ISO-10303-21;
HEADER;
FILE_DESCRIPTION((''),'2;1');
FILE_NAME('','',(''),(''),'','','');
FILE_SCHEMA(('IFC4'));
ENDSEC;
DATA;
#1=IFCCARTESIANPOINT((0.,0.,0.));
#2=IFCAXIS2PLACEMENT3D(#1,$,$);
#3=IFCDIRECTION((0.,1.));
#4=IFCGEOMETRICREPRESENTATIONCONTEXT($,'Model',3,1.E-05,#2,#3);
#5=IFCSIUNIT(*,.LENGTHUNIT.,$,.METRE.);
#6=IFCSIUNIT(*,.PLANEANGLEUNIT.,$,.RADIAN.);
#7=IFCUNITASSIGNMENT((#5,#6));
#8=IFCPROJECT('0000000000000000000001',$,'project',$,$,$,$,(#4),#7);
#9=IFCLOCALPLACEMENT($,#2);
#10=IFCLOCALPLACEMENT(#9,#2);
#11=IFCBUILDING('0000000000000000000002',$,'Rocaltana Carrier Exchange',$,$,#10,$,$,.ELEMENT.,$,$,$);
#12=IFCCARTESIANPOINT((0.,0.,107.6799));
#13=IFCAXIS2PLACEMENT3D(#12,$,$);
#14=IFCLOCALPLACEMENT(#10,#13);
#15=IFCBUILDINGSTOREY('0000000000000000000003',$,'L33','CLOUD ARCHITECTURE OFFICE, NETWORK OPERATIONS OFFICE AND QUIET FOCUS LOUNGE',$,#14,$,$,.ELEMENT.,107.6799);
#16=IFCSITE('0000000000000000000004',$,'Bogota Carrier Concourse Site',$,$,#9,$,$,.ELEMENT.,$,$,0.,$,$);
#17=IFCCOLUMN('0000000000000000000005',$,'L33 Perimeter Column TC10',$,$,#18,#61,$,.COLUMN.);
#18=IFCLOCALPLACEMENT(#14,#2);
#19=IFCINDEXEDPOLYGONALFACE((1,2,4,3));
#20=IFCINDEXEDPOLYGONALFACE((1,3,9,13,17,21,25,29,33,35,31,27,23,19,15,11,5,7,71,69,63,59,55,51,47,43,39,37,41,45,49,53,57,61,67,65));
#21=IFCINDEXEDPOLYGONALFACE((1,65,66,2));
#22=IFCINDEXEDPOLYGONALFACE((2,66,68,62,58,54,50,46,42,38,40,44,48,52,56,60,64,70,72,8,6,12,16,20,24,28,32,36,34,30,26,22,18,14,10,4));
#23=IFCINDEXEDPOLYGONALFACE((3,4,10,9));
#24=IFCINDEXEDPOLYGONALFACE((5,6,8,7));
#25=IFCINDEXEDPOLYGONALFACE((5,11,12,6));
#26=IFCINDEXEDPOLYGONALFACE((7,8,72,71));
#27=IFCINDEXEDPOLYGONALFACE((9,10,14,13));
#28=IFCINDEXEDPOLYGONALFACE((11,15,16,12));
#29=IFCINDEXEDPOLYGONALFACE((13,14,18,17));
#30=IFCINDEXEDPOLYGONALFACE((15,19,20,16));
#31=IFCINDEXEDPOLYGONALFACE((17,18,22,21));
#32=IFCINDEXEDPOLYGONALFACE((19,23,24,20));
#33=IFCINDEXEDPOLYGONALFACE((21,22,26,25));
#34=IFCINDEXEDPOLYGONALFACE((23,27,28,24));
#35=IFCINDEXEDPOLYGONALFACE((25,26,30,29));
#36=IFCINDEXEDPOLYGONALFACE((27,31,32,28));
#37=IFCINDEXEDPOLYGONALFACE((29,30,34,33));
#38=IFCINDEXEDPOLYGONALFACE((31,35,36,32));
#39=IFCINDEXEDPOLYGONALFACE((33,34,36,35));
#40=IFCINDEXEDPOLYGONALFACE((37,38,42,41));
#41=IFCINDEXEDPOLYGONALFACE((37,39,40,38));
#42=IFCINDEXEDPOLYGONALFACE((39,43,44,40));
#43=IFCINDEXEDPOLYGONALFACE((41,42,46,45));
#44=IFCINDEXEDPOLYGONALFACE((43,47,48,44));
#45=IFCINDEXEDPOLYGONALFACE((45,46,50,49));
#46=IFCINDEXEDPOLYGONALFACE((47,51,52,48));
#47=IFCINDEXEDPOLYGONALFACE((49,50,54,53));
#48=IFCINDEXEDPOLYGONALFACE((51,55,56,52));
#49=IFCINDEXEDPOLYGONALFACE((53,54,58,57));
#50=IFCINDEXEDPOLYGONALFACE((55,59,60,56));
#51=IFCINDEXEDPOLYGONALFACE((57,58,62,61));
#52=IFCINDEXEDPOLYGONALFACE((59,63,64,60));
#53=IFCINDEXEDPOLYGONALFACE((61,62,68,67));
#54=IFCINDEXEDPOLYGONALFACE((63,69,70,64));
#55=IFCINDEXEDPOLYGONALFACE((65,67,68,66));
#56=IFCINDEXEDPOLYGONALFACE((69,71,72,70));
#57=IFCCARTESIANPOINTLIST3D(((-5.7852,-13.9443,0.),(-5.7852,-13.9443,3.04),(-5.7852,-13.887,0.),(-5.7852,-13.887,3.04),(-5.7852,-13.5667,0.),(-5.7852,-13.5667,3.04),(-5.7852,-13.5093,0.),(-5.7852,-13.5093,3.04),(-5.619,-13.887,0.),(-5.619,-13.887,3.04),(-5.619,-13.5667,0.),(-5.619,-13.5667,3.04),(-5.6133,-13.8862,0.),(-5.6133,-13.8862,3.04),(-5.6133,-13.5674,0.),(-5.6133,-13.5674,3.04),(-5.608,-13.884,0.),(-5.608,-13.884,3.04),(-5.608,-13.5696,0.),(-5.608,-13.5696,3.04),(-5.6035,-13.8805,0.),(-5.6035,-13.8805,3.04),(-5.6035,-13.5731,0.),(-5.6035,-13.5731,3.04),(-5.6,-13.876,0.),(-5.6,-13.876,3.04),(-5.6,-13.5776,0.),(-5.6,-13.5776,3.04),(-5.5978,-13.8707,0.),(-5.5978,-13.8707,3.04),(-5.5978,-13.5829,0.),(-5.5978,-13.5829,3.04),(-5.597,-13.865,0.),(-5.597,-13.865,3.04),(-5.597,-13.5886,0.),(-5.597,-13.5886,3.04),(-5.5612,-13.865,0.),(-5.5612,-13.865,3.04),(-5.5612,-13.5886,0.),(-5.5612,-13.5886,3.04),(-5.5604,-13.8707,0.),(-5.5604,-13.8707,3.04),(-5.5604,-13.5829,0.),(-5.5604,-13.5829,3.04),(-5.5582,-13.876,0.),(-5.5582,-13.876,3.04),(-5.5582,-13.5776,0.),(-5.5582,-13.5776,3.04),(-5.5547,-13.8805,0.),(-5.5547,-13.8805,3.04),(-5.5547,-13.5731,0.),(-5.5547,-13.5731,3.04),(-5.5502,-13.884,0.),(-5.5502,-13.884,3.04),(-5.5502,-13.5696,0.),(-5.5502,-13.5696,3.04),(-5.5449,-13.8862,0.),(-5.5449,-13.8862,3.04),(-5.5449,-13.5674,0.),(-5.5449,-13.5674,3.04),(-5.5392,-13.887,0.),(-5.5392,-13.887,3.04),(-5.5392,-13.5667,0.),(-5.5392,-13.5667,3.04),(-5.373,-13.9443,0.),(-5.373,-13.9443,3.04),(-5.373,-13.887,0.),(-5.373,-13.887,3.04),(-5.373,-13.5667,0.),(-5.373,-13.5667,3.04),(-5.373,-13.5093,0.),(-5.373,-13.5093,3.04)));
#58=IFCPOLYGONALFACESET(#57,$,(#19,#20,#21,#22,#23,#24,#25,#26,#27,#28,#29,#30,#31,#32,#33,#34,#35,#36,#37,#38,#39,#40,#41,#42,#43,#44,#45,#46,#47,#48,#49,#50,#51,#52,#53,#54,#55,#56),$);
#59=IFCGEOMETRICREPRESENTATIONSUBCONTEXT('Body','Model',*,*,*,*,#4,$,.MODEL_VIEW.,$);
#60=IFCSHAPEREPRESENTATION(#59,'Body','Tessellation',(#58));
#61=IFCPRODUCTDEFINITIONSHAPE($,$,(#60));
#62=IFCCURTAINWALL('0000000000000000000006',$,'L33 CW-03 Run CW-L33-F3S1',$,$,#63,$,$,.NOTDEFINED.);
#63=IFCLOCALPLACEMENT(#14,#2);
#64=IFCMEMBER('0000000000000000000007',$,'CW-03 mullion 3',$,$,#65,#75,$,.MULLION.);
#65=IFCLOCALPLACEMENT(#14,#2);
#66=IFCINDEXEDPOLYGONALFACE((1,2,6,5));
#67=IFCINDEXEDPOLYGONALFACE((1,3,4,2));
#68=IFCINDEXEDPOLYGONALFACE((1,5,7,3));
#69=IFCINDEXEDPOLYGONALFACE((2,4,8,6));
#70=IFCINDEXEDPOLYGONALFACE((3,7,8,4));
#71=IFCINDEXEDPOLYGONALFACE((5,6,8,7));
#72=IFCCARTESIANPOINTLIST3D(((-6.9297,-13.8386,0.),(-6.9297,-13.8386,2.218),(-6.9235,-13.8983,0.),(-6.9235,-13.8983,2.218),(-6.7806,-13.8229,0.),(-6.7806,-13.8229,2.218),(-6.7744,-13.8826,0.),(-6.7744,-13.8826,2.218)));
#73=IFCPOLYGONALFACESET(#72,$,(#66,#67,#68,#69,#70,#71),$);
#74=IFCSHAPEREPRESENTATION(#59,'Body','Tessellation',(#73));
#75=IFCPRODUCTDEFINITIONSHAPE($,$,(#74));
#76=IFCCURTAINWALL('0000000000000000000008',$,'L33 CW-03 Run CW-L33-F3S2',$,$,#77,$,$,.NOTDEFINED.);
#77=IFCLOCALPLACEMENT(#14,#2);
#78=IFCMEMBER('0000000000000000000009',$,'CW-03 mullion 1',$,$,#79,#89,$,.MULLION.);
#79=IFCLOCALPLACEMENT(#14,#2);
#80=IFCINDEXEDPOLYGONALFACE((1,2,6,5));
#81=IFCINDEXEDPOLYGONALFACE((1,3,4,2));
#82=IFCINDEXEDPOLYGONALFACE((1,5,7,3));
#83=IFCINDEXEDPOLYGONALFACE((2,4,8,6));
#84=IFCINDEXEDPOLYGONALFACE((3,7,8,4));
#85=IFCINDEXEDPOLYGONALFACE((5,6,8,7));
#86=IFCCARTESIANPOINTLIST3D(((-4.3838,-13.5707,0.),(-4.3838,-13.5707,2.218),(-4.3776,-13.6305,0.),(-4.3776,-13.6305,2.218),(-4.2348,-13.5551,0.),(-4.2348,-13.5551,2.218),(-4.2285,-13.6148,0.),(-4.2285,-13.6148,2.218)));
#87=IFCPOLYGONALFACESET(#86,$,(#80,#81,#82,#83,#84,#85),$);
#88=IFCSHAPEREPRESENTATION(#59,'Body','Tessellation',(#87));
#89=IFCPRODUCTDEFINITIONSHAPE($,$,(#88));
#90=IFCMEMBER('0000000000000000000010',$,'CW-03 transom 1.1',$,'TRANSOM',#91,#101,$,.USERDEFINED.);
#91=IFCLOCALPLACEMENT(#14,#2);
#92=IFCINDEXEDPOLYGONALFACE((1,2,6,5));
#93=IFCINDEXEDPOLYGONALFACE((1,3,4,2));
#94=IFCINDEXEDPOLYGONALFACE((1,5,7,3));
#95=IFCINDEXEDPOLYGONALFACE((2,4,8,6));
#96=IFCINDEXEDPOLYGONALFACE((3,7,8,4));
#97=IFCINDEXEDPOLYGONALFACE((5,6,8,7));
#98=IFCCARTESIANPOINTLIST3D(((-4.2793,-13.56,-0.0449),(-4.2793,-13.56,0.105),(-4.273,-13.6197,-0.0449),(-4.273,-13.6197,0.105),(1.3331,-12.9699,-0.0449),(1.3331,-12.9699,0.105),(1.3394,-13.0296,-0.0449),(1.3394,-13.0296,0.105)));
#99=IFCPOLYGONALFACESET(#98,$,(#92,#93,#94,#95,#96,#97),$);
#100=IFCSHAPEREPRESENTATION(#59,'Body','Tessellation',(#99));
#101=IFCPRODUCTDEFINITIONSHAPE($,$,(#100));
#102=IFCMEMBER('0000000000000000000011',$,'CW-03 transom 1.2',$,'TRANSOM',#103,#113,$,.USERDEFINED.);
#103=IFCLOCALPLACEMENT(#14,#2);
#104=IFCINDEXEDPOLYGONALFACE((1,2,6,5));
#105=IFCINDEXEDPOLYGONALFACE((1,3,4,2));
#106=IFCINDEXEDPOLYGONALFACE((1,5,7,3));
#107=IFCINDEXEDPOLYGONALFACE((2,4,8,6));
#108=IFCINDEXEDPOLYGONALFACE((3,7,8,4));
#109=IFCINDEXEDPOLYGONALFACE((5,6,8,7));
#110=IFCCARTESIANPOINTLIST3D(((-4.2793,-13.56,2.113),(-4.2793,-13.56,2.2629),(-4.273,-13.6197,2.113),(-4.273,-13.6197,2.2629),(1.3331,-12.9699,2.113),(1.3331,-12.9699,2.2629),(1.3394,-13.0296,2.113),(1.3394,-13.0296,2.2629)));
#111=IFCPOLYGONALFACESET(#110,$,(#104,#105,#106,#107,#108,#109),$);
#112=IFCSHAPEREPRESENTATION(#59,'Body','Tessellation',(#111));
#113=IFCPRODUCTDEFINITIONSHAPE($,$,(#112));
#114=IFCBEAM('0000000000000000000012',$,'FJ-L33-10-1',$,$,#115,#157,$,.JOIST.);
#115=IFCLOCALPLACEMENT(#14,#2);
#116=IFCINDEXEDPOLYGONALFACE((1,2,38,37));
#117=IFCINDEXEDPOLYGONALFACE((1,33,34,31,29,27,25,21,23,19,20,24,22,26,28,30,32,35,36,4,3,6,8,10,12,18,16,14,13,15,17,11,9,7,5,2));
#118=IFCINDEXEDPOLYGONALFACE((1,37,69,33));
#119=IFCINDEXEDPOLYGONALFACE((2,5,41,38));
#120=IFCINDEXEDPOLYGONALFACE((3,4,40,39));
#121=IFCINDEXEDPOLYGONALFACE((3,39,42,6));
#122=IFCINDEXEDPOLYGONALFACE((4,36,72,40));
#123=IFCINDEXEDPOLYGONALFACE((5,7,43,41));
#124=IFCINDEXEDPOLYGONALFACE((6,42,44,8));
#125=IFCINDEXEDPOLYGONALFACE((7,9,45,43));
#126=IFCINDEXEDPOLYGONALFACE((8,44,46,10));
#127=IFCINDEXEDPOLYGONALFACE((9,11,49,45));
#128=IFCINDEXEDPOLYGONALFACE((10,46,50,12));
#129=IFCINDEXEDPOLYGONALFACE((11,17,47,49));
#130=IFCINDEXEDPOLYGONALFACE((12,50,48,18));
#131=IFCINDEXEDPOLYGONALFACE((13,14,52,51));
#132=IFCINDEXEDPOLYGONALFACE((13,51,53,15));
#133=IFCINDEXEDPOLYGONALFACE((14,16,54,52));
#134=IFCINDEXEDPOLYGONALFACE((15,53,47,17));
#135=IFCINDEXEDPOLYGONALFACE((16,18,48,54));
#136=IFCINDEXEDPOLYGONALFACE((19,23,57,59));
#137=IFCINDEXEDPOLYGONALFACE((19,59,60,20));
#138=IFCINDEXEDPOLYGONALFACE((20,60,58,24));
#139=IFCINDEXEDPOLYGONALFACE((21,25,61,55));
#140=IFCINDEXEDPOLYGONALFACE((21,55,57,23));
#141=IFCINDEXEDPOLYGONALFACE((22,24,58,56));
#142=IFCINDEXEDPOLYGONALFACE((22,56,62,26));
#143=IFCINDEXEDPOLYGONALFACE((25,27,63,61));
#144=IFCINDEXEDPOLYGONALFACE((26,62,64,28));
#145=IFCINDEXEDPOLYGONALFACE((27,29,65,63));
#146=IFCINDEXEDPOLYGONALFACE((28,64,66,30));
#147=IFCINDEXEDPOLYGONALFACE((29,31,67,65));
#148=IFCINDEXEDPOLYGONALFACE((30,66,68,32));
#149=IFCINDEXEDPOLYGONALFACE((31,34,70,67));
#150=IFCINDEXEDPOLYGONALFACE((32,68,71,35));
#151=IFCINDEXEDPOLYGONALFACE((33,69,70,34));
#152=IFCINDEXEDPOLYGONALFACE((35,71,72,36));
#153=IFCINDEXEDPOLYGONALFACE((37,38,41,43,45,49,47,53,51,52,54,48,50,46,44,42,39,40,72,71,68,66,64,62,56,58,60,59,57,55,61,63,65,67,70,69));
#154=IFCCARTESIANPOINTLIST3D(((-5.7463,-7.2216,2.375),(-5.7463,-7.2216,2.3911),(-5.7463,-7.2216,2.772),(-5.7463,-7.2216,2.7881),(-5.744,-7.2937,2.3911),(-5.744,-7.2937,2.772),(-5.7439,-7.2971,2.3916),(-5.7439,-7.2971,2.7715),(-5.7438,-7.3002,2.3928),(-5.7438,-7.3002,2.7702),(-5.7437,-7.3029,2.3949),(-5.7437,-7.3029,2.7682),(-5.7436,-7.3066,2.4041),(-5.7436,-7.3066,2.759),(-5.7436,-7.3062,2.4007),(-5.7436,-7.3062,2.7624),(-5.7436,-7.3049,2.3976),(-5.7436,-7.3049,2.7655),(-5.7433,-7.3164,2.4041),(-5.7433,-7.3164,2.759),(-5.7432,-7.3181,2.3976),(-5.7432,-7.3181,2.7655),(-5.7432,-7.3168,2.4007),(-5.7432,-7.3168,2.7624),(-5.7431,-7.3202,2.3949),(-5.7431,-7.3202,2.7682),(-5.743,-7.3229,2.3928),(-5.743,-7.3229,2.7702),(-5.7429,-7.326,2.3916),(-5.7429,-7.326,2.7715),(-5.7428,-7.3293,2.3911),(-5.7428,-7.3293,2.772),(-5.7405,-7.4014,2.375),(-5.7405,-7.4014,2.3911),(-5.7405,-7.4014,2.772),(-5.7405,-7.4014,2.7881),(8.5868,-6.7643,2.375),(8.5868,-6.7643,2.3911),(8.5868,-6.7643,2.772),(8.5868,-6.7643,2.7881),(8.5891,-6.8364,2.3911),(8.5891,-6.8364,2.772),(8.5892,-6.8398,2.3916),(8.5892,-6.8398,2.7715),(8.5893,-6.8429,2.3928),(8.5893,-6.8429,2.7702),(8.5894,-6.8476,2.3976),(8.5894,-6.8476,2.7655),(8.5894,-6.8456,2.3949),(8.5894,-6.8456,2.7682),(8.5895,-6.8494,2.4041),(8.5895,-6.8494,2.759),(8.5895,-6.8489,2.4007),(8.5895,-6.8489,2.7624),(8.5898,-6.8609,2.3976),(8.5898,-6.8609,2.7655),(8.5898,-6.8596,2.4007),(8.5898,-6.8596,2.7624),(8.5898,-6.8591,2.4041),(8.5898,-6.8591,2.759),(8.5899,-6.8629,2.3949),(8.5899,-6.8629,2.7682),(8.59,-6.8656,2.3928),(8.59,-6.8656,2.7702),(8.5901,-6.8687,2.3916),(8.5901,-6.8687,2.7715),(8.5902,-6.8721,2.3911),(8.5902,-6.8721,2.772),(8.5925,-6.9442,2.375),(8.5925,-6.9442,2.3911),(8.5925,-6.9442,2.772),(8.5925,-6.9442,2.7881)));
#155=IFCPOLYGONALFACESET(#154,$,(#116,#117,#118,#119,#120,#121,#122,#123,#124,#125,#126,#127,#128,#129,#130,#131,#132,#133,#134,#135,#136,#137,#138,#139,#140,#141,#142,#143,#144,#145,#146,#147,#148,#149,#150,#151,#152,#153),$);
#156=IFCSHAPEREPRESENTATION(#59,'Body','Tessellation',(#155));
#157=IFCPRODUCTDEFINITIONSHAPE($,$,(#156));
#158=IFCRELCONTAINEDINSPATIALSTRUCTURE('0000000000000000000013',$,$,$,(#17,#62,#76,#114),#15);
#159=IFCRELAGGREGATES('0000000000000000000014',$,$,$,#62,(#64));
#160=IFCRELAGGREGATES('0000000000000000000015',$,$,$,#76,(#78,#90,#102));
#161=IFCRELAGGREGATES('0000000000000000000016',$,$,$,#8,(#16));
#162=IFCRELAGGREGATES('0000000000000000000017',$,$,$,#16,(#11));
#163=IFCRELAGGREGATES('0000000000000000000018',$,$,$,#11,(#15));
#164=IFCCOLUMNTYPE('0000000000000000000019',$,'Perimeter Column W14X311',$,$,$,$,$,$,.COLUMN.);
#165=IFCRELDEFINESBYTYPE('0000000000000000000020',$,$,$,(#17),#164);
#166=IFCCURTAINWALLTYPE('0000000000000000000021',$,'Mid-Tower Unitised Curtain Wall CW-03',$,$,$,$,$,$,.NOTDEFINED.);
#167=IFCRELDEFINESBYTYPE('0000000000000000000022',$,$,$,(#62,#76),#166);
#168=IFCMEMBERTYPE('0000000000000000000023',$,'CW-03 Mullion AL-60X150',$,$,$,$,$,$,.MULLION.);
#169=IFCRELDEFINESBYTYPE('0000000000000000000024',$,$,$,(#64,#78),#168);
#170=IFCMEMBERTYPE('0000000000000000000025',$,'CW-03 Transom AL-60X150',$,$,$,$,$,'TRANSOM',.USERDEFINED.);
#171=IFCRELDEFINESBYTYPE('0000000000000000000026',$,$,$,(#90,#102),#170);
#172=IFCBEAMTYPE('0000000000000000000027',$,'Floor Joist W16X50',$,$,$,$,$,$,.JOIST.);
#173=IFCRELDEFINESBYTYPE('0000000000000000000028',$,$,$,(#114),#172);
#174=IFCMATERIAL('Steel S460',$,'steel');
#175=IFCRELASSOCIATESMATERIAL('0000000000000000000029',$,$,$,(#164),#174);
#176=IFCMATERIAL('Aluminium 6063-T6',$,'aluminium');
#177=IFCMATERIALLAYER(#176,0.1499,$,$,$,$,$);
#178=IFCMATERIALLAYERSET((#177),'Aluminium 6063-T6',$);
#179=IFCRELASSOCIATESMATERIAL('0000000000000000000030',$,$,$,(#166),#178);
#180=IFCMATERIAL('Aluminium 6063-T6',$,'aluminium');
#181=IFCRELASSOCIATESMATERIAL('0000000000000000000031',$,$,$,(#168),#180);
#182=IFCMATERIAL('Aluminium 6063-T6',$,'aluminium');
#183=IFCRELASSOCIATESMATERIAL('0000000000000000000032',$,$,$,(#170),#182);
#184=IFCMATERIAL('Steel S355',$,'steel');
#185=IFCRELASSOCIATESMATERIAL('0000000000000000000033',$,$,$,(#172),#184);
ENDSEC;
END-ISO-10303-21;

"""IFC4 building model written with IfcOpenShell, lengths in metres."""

from ifc_helpers import new_model, si_unit, direction, frame, origin, origin_2d, place, context, subcontext, project, spatial, rectangle, i_section, extrude, material, layer, layer_set, material_profile, profile_set, type_object, element, aggregate, save


model = new_model("IFC4")

# Units and contexts
model_context = context("Model", 3, precision=1e-05, world=origin(), true_north=direction((0.0, 1.0)))
body_context = subcontext(model_context, "Body", "Model", "MODEL_VIEW")
ifc_project = project(units=[si_unit("LENGTHUNIT", "METRE"), si_unit("PLANEANGLEUNIT", "RADIAN")], contexts=[model_context])

# Site, building, storey
site_placement = place(None, origin())
site = spatial("IfcSite", under=ifc_project, at=site_placement, Name="Bogota Carrier Concourse Site", CompositionType="ELEMENT", RefElevation=0.0)
building_placement = place(site_placement, origin())
building = spatial("IfcBuilding", under=site, at=building_placement, Name="Rocaltana Carrier Exchange", CompositionType="ELEMENT")
storey_placement = place(building_placement, frame((0.0, 0.0, 107.6799)))
storey = spatial("IfcBuildingStorey", under=building, at=storey_placement, Name="L33", Description="CLOUD ARCHITECTURE OFFICE, NETWORK OPERATIONS OFFICE AND QUIET FOCUS LOUNGE", CompositionType="ELEMENT", Elevation=107.6799)

# Column
ifc_material_1 = material(Name="Steel S460", Category="steel")
ifc_material_profile_1 = material_profile(ifc_material_1, i_section(OverallWidth=0.4121, OverallDepth=0.4351, WebThickness=0.0359, FlangeThickness=0.0574, FilletRadius=0.022, at=origin_2d()), Name="W14X311")
ifc_profile_set_1 = profile_set([ifc_material_profile_1], Name="Steel S460")
column_type = type_object("IfcColumnType", Name="Perimeter Column W14X311", PredefinedType="COLUMN", material=ifc_profile_set_1)
column_placement = place(storey_placement, frame((-5.5791, -13.7268, 0.0), z_axis=(0.0, 0.0, 1.0), x_axis=(1.0, 0.0, 0.0)))
element("IfcColumn", 1, at=column_placement, inside=storey, type_object=column_type, Name="L33 Perimeter Column TC10", PredefinedType="COLUMN", context=body_context, shape_type="SweptSolid", body=[
    extrude(i_section(OverallWidth=0.4121, OverallDepth=0.4351, WebThickness=0.0359, FlangeThickness=0.0574, FilletRadius=0.022, at=origin_2d()), origin(), (0.0, 0.0, 1.0), 3.04),
])

# Curtain wall, member
ifc_material_2 = material(Name="Aluminium 6063-T6", Category="aluminium")
ifc_layer_1 = layer(ifc_material_2, 0.1499)
ifc_layer_set_1 = layer_set([ifc_layer_1], Name="Aluminium 6063-T6")
curtain_wall_type = type_object("IfcCurtainWallType", Name="Mid-Tower Unitised Curtain Wall CW-03", PredefinedType="NOTDEFINED", material=ifc_layer_set_1)
curtain_wall_1_placement = place(storey_placement, origin())
curtain_wall_1 = element("IfcCurtainWall", 2, at=curtain_wall_1_placement, inside=storey, type_object=curtain_wall_type, Name="L33 CW-03 Run CW-L33-F3S1", PredefinedType="NOTDEFINED")
ifc_material_3 = material(Name="Aluminium 6063-T6", Category="aluminium")
ifc_material_profile_2 = material_profile(ifc_material_3, rectangle(XDim=0.0601, YDim=0.1499, at=origin_2d()), Name="AL-60X150")
ifc_profile_set_2 = profile_set([ifc_material_profile_2], Name="Aluminium 6063-T6")
member_type_1 = type_object("IfcMemberType", Name="CW-03 Mullion AL-60X150", PredefinedType="MULLION", material=ifc_profile_set_2)
member_1_placement = place(storey_placement, frame((-6.8521, -13.8606, 0.0), z_axis=(0.0, 0.0, 1.0), x_axis=(-0.104522, 0.994523, 0.0)))
member_1 = element("IfcMember", 3, at=member_1_placement, type_object=member_type_1, Name="CW-03 mullion 3", PredefinedType="MULLION", context=body_context, shape_type="SweptSolid", body=[
    extrude(rectangle(XDim=0.0601, YDim=0.1499, at=origin_2d()), origin(), (0.0, 0.0, 1.0), 2.218),
])
aggregate(curtain_wall_1, [member_1])

# Curtain wall, members
curtain_wall_2_placement = place(storey_placement, origin())
curtain_wall_2 = element("IfcCurtainWall", 4, at=curtain_wall_2_placement, inside=storey, type_object=curtain_wall_type, Name="L33 CW-03 Run CW-L33-F3S2", PredefinedType="NOTDEFINED")
member_2_placement = place(storey_placement, frame((-4.3062, -13.5928, 0.0), z_axis=(0.0, 0.0, 1.0), x_axis=(-0.10453, 0.994522, 0.0)))
member_2 = element("IfcMember", 5, at=member_2_placement, type_object=member_type_1, Name="CW-03 mullion 1", PredefinedType="MULLION", context=body_context, shape_type="SweptSolid", body=[
    extrude(rectangle(XDim=0.0601, YDim=0.1499, at=origin_2d()), origin(), (0.0, 0.0, 1.0), 2.218),
])
ifc_material_4 = material(Name="Aluminium 6063-T6", Category="aluminium")
ifc_material_profile_3 = material_profile(ifc_material_4, rectangle(XDim=0.0601, YDim=0.1499, at=origin_2d()), Name="AL-60X150")
ifc_profile_set_3 = profile_set([ifc_material_profile_3], Name="Aluminium 6063-T6")
member_type_2 = type_object("IfcMemberType", Name="CW-03 Transom AL-60X150", ElementType="TRANSOM", PredefinedType="USERDEFINED", material=ifc_profile_set_3)
member_3_placement = place(storey_placement, frame((-4.2761, -13.5898, 0.03), z_axis=(0.994518, 0.104565, 0.0), x_axis=(-0.104565, 0.994518, 0.0)))
member_3 = element("IfcMember", 6, at=member_3_placement, type_object=member_type_2, Name="CW-03 transom 1.1", ObjectType="TRANSOM", PredefinedType="USERDEFINED", context=body_context, shape_type="SweptSolid", body=[
    extrude(rectangle(XDim=0.0601, YDim=0.1499, at=origin_2d()), origin(), (0.0, 0.0, 1.0), 5.6433),
])
member_4_placement = place(storey_placement, frame((-4.2761, -13.5898, 2.188), z_axis=(0.994518, 0.104565, 0.0), x_axis=(-0.104565, 0.994518, 0.0)))
member_4 = element("IfcMember", 7, at=member_4_placement, type_object=member_type_2, Name="CW-03 transom 1.2", ObjectType="TRANSOM", PredefinedType="USERDEFINED", context=body_context, shape_type="SweptSolid", body=[
    extrude(rectangle(XDim=0.0601, YDim=0.1499, at=origin_2d()), origin(), (0.0, 0.0, 1.0), 5.6433),
])

# Beam
ifc_material_5 = material(Name="Steel S355", Category="steel")
ifc_material_profile_4 = material_profile(ifc_material_5, i_section(OverallWidth=0.1799, OverallDepth=0.4131, WebThickness=0.0098, FlangeThickness=0.0161, FilletRadius=0.0129, at=origin_2d()), Name="W16X50")
ifc_profile_set_4 = profile_set([ifc_material_profile_4], Name="Steel S355")
beam_type_1 = type_object("IfcBeamType", Name="Floor Joist W16X50", PredefinedType="JOIST", material=ifc_profile_set_4)
beam_1_placement = place(storey_placement, frame((-5.7434, -7.3115, 2.5815), z_axis=(0.999491, 0.031887, 0.0), x_axis=(-0.031887, 0.999491, 0.0)))
element("IfcBeam", 8, at=beam_1_placement, inside=storey, type_object=beam_type_1, Name="FJ-L33-10-1", PredefinedType="JOIST", context=body_context, shape_type="SweptSolid", body=[
    extrude(i_section(OverallWidth=0.1799, OverallDepth=0.4131, WebThickness=0.0098, FlangeThickness=0.0161, FilletRadius=0.0129, at=origin_2d()), origin(), (0.0, 0.0, 1.0), 14.3403),
])

aggregate(curtain_wall_2, [member_2, member_3, member_4])

save(model, "model.ifc")
